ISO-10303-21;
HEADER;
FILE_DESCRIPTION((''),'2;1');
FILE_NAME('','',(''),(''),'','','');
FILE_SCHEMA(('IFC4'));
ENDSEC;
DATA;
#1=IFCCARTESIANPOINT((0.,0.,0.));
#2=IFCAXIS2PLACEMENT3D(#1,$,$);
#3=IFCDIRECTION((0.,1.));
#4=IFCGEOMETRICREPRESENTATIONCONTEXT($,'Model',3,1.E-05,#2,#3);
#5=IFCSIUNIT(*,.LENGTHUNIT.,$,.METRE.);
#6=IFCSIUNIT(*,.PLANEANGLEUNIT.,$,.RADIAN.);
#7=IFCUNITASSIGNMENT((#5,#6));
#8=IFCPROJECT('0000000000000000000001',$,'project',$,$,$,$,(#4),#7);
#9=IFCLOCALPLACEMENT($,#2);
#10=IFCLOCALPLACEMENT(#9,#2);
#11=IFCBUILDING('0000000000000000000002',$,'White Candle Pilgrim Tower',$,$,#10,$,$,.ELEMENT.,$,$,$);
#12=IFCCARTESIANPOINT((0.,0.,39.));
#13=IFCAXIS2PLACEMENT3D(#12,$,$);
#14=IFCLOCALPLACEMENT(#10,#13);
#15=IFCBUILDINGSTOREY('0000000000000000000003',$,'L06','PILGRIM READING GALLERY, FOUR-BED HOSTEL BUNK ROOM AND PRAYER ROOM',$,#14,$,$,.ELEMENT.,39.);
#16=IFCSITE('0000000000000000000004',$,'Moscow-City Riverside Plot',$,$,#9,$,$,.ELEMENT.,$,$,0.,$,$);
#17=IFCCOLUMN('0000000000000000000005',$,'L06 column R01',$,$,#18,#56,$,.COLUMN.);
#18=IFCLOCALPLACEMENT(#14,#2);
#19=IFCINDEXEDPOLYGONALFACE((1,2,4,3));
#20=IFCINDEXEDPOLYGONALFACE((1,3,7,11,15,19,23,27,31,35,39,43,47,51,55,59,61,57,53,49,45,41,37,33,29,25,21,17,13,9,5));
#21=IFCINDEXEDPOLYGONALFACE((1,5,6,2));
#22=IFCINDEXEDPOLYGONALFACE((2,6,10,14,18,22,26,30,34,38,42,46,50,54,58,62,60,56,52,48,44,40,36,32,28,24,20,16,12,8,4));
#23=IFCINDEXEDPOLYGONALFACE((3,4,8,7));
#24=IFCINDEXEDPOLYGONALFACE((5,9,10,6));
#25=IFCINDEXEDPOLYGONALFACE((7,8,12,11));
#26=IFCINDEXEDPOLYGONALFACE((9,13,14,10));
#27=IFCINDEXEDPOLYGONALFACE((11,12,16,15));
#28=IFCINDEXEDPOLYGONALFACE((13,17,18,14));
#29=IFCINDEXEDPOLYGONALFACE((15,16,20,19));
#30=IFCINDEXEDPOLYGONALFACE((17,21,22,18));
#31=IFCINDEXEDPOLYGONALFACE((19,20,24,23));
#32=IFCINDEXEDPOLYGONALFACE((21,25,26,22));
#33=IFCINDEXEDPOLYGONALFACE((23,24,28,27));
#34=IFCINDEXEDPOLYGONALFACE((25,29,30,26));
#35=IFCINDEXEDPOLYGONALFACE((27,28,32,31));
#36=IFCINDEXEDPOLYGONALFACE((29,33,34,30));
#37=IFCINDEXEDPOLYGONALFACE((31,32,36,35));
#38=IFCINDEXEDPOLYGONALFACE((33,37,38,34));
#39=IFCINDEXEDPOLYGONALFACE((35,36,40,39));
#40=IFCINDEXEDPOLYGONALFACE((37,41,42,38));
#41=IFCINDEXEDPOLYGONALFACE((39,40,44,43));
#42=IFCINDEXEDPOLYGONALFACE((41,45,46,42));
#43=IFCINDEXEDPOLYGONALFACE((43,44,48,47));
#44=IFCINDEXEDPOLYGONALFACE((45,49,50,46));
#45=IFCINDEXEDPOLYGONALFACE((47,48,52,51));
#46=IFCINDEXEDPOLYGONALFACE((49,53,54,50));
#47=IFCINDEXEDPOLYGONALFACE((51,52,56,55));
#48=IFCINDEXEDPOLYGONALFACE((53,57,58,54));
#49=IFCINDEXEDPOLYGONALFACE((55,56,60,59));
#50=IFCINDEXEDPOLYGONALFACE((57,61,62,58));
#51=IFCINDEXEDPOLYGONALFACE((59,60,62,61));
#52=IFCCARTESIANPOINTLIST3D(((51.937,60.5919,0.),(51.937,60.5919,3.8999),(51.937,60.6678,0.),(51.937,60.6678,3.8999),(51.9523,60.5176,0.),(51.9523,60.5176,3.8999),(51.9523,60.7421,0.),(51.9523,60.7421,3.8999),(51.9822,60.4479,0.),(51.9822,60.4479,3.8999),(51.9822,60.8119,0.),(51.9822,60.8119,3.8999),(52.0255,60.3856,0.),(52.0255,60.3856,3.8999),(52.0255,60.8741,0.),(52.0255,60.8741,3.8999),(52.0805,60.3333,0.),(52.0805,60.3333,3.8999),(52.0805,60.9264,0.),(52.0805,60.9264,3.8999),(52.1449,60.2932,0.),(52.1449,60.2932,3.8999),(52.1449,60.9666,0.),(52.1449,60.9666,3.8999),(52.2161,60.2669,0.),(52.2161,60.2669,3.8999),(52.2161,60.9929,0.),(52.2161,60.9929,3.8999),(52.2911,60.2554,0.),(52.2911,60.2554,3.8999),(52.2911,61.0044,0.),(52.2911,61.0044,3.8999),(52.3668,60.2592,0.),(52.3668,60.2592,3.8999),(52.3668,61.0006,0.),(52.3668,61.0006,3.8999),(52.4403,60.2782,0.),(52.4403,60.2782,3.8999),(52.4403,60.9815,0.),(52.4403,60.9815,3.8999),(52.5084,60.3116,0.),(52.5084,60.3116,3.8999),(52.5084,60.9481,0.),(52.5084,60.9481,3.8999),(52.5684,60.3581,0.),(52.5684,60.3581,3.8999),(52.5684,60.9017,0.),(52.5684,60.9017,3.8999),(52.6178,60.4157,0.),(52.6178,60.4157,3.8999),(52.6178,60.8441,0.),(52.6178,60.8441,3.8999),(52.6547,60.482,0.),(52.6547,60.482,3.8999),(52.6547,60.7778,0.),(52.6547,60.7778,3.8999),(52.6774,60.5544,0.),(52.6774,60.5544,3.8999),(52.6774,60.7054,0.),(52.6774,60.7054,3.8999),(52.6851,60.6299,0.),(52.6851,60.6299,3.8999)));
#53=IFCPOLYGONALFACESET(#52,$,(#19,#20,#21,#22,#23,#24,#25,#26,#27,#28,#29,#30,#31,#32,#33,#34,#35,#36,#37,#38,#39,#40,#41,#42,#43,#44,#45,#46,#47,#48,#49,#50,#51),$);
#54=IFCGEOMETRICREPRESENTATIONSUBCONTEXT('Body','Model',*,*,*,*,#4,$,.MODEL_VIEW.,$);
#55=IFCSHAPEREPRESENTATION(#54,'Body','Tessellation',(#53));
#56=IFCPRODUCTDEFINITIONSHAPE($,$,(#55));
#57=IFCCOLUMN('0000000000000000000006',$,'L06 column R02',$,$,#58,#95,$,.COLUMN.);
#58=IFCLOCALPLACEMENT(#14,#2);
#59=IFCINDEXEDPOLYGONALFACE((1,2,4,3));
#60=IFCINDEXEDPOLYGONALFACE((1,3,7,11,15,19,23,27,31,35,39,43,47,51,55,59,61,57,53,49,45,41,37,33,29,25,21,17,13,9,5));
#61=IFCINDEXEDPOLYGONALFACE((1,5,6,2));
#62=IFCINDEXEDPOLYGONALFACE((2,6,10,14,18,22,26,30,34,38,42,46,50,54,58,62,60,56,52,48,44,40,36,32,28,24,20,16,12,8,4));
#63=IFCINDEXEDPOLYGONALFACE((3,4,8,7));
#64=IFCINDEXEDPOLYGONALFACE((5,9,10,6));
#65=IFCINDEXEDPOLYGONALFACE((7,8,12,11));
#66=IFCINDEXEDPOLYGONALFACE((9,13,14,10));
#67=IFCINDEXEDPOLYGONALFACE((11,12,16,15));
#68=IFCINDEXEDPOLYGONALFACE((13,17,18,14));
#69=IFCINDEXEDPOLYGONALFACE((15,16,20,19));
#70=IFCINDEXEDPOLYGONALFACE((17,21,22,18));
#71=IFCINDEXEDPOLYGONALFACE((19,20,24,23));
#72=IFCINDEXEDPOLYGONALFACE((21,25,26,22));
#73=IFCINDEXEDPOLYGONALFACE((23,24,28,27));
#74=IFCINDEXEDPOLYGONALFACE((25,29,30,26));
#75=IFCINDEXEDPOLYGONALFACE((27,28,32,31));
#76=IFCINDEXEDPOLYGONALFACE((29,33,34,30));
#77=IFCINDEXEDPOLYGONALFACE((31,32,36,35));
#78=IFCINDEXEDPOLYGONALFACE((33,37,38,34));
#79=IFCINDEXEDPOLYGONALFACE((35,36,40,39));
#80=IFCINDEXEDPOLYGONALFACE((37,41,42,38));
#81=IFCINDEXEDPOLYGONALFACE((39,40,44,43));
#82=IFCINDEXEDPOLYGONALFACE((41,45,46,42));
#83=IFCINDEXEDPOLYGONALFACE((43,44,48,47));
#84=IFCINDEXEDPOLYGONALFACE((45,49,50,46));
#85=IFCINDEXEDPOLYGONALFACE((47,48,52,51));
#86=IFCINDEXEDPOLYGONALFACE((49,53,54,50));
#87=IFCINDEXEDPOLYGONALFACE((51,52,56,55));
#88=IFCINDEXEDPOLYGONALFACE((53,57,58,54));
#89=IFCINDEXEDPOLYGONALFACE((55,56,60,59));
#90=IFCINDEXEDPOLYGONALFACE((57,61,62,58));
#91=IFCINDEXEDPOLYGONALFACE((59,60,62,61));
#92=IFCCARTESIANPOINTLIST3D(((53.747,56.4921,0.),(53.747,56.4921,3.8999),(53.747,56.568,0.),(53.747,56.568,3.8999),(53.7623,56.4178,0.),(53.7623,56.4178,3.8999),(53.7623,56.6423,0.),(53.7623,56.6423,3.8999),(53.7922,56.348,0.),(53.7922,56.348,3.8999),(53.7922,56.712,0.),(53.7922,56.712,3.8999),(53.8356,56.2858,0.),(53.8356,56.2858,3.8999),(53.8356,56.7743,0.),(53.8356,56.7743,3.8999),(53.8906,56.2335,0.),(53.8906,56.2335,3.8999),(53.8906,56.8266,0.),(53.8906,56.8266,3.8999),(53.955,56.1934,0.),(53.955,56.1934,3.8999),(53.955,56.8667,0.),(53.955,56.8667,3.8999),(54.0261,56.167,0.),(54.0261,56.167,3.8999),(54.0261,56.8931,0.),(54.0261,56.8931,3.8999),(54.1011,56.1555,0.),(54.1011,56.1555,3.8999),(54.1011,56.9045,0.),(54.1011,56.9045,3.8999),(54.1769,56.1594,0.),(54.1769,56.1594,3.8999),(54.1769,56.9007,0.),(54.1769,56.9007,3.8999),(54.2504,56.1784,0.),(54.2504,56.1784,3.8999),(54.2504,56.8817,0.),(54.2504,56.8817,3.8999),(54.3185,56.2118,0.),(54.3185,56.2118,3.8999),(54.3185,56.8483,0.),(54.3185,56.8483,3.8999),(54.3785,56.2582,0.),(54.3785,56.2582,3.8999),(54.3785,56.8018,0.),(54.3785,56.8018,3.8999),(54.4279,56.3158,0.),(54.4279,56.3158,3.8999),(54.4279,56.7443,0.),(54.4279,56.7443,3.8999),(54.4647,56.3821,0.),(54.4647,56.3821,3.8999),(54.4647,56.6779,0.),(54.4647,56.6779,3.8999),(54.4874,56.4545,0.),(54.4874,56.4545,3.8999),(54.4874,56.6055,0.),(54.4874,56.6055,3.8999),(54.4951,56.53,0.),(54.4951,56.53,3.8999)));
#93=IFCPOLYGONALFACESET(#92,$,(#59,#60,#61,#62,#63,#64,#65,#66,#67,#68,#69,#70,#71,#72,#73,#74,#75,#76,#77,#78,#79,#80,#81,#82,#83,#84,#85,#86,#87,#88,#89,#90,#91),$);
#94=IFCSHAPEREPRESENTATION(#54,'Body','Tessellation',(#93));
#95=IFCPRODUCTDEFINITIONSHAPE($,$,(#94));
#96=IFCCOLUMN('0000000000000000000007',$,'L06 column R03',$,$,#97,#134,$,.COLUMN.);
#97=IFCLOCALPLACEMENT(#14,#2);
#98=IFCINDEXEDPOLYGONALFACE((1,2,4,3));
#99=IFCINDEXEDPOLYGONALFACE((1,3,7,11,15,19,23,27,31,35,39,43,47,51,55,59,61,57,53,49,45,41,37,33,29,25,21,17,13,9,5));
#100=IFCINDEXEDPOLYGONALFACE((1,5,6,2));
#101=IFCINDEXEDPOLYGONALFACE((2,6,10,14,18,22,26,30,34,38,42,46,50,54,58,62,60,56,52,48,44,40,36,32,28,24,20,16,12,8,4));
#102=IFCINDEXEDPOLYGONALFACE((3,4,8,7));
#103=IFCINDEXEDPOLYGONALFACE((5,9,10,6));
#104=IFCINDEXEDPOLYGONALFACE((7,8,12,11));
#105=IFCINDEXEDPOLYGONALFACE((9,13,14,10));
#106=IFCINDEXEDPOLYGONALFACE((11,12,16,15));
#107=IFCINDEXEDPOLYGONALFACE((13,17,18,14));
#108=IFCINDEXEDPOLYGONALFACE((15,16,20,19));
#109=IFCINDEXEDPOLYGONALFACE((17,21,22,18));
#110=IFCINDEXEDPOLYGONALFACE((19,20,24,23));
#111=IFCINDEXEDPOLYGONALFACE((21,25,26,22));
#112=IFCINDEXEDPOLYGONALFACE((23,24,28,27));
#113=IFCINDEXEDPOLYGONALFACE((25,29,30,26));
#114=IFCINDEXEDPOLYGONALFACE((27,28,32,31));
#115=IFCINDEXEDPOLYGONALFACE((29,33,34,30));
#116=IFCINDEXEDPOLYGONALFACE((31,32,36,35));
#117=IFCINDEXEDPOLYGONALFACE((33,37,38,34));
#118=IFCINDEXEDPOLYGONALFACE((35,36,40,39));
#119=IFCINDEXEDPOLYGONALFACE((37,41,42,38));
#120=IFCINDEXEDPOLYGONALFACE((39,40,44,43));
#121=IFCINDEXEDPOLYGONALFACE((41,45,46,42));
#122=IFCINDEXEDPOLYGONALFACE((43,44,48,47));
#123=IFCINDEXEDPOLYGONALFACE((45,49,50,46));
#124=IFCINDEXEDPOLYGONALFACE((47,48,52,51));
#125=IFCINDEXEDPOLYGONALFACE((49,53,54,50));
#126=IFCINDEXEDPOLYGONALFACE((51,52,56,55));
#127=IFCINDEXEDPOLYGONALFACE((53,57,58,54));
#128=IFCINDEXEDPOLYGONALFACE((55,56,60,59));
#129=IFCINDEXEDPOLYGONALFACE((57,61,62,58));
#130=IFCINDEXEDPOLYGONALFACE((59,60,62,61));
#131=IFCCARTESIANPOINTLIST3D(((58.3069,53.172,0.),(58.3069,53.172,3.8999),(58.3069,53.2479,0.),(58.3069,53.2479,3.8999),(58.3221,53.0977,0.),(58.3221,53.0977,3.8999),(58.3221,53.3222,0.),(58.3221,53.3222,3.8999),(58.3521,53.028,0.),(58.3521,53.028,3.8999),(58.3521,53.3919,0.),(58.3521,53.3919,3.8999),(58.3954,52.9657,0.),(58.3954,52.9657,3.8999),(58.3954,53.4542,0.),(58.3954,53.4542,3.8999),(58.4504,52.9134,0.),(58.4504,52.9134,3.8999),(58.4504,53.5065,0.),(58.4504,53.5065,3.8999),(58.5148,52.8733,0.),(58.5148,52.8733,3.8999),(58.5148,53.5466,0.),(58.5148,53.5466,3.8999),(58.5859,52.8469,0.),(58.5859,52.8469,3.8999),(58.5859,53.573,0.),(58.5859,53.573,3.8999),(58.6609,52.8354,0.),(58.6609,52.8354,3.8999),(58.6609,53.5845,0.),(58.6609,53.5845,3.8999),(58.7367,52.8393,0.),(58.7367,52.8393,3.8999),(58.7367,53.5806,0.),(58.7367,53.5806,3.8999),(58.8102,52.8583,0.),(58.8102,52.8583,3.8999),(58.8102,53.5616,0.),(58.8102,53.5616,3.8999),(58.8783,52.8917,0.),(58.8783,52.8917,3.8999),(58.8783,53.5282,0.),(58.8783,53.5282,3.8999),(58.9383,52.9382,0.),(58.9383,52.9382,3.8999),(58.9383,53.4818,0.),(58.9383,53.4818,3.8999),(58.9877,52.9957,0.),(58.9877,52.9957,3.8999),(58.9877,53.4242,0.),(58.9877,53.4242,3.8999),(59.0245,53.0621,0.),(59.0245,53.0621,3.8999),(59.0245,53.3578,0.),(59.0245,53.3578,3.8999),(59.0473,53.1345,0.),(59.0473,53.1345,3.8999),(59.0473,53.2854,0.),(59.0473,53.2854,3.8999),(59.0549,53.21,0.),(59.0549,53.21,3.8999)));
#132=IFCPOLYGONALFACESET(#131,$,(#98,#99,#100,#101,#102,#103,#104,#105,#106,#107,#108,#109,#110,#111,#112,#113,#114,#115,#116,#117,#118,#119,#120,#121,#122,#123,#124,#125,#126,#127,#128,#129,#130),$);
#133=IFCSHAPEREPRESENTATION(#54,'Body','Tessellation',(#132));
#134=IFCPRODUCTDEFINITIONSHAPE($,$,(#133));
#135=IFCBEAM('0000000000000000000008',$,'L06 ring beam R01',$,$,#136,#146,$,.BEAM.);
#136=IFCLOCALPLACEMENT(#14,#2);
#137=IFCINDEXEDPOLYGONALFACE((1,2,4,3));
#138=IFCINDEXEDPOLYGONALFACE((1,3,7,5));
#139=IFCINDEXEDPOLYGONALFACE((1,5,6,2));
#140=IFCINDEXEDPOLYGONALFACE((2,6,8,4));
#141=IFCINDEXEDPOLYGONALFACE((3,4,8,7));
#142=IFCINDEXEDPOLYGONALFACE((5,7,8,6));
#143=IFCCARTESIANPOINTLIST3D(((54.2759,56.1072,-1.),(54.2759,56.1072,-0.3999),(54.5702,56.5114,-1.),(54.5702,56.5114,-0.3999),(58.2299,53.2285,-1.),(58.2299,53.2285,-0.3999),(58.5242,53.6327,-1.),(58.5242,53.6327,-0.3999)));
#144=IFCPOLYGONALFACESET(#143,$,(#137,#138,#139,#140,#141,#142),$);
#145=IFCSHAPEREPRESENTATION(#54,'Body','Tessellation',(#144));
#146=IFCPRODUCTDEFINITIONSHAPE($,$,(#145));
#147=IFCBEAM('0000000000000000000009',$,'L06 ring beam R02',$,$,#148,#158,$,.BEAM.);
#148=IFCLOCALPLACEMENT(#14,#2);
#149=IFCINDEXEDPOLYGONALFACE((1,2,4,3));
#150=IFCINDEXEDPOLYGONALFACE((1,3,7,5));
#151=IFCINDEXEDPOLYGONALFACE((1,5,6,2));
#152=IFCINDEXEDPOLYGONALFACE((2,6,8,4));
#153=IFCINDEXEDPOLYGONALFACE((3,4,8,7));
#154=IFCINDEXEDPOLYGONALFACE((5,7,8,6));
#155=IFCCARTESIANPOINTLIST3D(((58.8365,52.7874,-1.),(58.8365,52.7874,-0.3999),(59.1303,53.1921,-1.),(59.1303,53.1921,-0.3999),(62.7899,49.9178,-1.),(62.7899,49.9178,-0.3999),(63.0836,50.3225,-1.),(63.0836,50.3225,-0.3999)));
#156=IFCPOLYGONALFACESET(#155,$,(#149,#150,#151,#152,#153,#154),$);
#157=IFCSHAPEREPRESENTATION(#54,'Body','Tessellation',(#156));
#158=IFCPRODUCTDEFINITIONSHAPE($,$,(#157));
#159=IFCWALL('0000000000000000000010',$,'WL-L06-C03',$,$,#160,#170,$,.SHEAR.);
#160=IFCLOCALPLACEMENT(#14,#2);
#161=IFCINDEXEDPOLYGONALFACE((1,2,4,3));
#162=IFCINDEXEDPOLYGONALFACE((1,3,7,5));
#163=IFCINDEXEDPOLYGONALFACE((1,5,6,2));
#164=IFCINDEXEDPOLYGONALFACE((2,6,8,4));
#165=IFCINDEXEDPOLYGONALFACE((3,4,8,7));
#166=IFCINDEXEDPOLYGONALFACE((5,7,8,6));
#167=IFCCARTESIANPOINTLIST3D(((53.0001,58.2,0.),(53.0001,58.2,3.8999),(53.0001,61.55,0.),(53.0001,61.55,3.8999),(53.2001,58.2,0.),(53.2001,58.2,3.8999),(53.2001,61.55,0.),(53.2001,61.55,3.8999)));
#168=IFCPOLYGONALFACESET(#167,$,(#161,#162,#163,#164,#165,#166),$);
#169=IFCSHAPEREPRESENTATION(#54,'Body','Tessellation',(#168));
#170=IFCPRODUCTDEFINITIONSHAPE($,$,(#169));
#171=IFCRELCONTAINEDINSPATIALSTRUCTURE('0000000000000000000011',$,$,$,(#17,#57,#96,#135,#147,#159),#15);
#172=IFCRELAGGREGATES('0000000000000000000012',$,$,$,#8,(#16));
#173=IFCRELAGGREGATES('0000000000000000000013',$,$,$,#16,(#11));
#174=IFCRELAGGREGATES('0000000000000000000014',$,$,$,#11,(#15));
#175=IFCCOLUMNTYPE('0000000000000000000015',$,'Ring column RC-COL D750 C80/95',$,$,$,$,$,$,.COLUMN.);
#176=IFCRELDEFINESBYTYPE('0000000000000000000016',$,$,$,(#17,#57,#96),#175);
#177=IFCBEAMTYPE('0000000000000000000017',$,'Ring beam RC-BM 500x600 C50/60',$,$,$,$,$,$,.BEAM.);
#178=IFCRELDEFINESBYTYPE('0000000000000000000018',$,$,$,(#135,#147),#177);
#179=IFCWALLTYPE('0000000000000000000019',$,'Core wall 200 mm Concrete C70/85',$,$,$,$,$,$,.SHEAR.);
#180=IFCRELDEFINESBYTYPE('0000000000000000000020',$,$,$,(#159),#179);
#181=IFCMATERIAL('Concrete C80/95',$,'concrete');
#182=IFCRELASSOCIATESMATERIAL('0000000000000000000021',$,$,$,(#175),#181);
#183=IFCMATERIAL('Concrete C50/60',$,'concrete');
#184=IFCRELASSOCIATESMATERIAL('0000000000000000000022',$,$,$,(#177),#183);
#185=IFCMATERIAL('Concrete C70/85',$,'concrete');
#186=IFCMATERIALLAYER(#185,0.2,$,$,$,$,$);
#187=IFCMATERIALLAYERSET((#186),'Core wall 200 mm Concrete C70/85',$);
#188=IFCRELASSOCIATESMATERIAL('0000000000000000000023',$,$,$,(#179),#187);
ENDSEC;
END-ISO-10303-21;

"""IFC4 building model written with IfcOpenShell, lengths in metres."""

from ifc_helpers import new_model, si_unit, direction, frame, frame_2d, origin, origin_2d, place, context, subcontext, project, spatial, rectangle, circle, extrude, material, layer, layer_set, material_profile, profile_set, type_object, element, save


model = new_model("IFC4")

# Units and contexts
model_context = context("Model", 3, precision=1e-05, world=origin(), true_north=direction((0.0, 1.0)))
body_context = subcontext(model_context, "Body", "Model", "MODEL_VIEW")
ifc_project = project(units=[si_unit("LENGTHUNIT", "METRE"), si_unit("PLANEANGLEUNIT", "RADIAN")], contexts=[model_context])

# Site, building, storey
site_placement = place(None, origin())
site = spatial("IfcSite", under=ifc_project, at=site_placement, Name="Moscow-City Riverside Plot", CompositionType="ELEMENT", RefElevation=0.0)
building_placement = place(site_placement, origin())
building = spatial("IfcBuilding", under=site, at=building_placement, Name="White Candle Pilgrim Tower", CompositionType="ELEMENT")
storey_placement = place(building_placement, frame((0.0, 0.0, 39.0)))
storey = spatial("IfcBuildingStorey", under=building, at=storey_placement, Name="L06", Description="PILGRIM READING GALLERY, FOUR-BED HOSTEL BUNK ROOM AND PRAYER ROOM", CompositionType="ELEMENT", Elevation=39.0)

# Columns
ifc_material_1 = material(Name="Concrete C80/95", Category="concrete")
ifc_material_profile_1 = material_profile(ifc_material_1, circle(Radius=0.375, at=origin_2d()), Name="RC-COL D750")
ifc_profile_set_1 = profile_set([ifc_material_profile_1], Name="Concrete C80/95")
column_type = type_object("IfcColumnType", Name="Ring column RC-COL D750 C80/95", PredefinedType="COLUMN", material=ifc_profile_set_1)
for number, where, z_axis, x_axis, name in (
    (1, (52.3101, 60.6299, 0.0), (0.0, 0.0, 1.0), (1.0, 0.0, 0.0), "L06 column R01"),
    (2, (54.1201, 56.53, 0.0), (0.0, 0.0, 1.0), (1.0, 0.0, 0.0), "L06 column R02"),
    (3, (58.6799, 53.21, 0.0), (0.0, 0.0, 1.0), (1.0, 0.0, 0.0), "L06 column R03"),
):
    element("IfcColumn", number, at=place(storey_placement, frame(where, z_axis=z_axis, x_axis=x_axis)), inside=storey, type_object=column_type, Name=name, PredefinedType="COLUMN", context=body_context, shape_type="SweptSolid", body=[
        extrude(circle(Radius=0.375, at=origin_2d()), origin(), (0.0, 0.0, 1.0), 3.8999),
    ])

# Beams
ifc_material_2 = material(Name="Concrete C50/60", Category="concrete")
ifc_material_profile_2 = material_profile(ifc_material_2, rectangle(XDim=0.5, YDim=0.6001, at=origin_2d()), Name="RC-BM 500x600")
ifc_profile_set_2 = profile_set([ifc_material_profile_2], Name="Concrete C50/60")
beam_type = type_object("IfcBeamType", Name="Ring beam RC-BM 500x600 C50/60", PredefinedType="BEAM", material=ifc_profile_set_2)
beam_1_placement = place(storey_placement, frame((54.4231, 56.3093, -0.7), z_axis=(0.808432, -0.58859, 0.0), x_axis=(0.58859, 0.808432, 0.0)))
element("IfcBeam", 4, at=beam_1_placement, inside=storey, type_object=beam_type, Name="L06 ring beam R01", PredefinedType="BEAM", context=body_context, shape_type="SweptSolid", body=[
    extrude(rectangle(XDim=0.5, YDim=0.6001, at=origin_2d()), origin(), (0.0, 0.0, 1.0), 4.8909),
])
beam_2_placement = place(storey_placement, frame((58.9834, 52.9897, -0.7), z_axis=(0.809276, -0.587429, 0.0), x_axis=(0.587429, 0.809276, 0.0)))
element("IfcBeam", 5, at=beam_2_placement, inside=storey, type_object=beam_type, Name="L06 ring beam R02", PredefinedType="BEAM", context=body_context, shape_type="SweptSolid", body=[
    extrude(rectangle(XDim=0.5, YDim=0.6001, at=origin_2d()), origin(), (0.0, 0.0, 1.0), 4.885),
])

# Wall
ifc_material_3 = material(Name="Concrete C70/85", Category="concrete")
ifc_layer_1 = layer(ifc_material_3, 0.2)
ifc_layer_set_1 = layer_set([ifc_layer_1], Name="Core wall 200 mm Concrete C70/85")
wall_type_1 = type_object("IfcWallType", Name="Core wall 200 mm Concrete C70/85", PredefinedType="SHEAR", material=ifc_layer_set_1)
wall_1_placement = place(storey_placement, frame((53.1001, 58.2, 0.0), z_axis=(0.0, 0.0, 1.0), x_axis=(0.0, 1.0, 0.0)))
element("IfcWall", 6, at=wall_1_placement, inside=storey, type_object=wall_type_1, Name="WL-L06-C03", PredefinedType="SHEAR", context=body_context, shape_type="SweptSolid", body=[
    extrude(rectangle(XDim=3.3501, YDim=0.2, at=frame_2d((1.675, 0.0))), origin(), (0.0, 0.0, 1.0), 3.8999),
])

save(model, "model.ifc")
